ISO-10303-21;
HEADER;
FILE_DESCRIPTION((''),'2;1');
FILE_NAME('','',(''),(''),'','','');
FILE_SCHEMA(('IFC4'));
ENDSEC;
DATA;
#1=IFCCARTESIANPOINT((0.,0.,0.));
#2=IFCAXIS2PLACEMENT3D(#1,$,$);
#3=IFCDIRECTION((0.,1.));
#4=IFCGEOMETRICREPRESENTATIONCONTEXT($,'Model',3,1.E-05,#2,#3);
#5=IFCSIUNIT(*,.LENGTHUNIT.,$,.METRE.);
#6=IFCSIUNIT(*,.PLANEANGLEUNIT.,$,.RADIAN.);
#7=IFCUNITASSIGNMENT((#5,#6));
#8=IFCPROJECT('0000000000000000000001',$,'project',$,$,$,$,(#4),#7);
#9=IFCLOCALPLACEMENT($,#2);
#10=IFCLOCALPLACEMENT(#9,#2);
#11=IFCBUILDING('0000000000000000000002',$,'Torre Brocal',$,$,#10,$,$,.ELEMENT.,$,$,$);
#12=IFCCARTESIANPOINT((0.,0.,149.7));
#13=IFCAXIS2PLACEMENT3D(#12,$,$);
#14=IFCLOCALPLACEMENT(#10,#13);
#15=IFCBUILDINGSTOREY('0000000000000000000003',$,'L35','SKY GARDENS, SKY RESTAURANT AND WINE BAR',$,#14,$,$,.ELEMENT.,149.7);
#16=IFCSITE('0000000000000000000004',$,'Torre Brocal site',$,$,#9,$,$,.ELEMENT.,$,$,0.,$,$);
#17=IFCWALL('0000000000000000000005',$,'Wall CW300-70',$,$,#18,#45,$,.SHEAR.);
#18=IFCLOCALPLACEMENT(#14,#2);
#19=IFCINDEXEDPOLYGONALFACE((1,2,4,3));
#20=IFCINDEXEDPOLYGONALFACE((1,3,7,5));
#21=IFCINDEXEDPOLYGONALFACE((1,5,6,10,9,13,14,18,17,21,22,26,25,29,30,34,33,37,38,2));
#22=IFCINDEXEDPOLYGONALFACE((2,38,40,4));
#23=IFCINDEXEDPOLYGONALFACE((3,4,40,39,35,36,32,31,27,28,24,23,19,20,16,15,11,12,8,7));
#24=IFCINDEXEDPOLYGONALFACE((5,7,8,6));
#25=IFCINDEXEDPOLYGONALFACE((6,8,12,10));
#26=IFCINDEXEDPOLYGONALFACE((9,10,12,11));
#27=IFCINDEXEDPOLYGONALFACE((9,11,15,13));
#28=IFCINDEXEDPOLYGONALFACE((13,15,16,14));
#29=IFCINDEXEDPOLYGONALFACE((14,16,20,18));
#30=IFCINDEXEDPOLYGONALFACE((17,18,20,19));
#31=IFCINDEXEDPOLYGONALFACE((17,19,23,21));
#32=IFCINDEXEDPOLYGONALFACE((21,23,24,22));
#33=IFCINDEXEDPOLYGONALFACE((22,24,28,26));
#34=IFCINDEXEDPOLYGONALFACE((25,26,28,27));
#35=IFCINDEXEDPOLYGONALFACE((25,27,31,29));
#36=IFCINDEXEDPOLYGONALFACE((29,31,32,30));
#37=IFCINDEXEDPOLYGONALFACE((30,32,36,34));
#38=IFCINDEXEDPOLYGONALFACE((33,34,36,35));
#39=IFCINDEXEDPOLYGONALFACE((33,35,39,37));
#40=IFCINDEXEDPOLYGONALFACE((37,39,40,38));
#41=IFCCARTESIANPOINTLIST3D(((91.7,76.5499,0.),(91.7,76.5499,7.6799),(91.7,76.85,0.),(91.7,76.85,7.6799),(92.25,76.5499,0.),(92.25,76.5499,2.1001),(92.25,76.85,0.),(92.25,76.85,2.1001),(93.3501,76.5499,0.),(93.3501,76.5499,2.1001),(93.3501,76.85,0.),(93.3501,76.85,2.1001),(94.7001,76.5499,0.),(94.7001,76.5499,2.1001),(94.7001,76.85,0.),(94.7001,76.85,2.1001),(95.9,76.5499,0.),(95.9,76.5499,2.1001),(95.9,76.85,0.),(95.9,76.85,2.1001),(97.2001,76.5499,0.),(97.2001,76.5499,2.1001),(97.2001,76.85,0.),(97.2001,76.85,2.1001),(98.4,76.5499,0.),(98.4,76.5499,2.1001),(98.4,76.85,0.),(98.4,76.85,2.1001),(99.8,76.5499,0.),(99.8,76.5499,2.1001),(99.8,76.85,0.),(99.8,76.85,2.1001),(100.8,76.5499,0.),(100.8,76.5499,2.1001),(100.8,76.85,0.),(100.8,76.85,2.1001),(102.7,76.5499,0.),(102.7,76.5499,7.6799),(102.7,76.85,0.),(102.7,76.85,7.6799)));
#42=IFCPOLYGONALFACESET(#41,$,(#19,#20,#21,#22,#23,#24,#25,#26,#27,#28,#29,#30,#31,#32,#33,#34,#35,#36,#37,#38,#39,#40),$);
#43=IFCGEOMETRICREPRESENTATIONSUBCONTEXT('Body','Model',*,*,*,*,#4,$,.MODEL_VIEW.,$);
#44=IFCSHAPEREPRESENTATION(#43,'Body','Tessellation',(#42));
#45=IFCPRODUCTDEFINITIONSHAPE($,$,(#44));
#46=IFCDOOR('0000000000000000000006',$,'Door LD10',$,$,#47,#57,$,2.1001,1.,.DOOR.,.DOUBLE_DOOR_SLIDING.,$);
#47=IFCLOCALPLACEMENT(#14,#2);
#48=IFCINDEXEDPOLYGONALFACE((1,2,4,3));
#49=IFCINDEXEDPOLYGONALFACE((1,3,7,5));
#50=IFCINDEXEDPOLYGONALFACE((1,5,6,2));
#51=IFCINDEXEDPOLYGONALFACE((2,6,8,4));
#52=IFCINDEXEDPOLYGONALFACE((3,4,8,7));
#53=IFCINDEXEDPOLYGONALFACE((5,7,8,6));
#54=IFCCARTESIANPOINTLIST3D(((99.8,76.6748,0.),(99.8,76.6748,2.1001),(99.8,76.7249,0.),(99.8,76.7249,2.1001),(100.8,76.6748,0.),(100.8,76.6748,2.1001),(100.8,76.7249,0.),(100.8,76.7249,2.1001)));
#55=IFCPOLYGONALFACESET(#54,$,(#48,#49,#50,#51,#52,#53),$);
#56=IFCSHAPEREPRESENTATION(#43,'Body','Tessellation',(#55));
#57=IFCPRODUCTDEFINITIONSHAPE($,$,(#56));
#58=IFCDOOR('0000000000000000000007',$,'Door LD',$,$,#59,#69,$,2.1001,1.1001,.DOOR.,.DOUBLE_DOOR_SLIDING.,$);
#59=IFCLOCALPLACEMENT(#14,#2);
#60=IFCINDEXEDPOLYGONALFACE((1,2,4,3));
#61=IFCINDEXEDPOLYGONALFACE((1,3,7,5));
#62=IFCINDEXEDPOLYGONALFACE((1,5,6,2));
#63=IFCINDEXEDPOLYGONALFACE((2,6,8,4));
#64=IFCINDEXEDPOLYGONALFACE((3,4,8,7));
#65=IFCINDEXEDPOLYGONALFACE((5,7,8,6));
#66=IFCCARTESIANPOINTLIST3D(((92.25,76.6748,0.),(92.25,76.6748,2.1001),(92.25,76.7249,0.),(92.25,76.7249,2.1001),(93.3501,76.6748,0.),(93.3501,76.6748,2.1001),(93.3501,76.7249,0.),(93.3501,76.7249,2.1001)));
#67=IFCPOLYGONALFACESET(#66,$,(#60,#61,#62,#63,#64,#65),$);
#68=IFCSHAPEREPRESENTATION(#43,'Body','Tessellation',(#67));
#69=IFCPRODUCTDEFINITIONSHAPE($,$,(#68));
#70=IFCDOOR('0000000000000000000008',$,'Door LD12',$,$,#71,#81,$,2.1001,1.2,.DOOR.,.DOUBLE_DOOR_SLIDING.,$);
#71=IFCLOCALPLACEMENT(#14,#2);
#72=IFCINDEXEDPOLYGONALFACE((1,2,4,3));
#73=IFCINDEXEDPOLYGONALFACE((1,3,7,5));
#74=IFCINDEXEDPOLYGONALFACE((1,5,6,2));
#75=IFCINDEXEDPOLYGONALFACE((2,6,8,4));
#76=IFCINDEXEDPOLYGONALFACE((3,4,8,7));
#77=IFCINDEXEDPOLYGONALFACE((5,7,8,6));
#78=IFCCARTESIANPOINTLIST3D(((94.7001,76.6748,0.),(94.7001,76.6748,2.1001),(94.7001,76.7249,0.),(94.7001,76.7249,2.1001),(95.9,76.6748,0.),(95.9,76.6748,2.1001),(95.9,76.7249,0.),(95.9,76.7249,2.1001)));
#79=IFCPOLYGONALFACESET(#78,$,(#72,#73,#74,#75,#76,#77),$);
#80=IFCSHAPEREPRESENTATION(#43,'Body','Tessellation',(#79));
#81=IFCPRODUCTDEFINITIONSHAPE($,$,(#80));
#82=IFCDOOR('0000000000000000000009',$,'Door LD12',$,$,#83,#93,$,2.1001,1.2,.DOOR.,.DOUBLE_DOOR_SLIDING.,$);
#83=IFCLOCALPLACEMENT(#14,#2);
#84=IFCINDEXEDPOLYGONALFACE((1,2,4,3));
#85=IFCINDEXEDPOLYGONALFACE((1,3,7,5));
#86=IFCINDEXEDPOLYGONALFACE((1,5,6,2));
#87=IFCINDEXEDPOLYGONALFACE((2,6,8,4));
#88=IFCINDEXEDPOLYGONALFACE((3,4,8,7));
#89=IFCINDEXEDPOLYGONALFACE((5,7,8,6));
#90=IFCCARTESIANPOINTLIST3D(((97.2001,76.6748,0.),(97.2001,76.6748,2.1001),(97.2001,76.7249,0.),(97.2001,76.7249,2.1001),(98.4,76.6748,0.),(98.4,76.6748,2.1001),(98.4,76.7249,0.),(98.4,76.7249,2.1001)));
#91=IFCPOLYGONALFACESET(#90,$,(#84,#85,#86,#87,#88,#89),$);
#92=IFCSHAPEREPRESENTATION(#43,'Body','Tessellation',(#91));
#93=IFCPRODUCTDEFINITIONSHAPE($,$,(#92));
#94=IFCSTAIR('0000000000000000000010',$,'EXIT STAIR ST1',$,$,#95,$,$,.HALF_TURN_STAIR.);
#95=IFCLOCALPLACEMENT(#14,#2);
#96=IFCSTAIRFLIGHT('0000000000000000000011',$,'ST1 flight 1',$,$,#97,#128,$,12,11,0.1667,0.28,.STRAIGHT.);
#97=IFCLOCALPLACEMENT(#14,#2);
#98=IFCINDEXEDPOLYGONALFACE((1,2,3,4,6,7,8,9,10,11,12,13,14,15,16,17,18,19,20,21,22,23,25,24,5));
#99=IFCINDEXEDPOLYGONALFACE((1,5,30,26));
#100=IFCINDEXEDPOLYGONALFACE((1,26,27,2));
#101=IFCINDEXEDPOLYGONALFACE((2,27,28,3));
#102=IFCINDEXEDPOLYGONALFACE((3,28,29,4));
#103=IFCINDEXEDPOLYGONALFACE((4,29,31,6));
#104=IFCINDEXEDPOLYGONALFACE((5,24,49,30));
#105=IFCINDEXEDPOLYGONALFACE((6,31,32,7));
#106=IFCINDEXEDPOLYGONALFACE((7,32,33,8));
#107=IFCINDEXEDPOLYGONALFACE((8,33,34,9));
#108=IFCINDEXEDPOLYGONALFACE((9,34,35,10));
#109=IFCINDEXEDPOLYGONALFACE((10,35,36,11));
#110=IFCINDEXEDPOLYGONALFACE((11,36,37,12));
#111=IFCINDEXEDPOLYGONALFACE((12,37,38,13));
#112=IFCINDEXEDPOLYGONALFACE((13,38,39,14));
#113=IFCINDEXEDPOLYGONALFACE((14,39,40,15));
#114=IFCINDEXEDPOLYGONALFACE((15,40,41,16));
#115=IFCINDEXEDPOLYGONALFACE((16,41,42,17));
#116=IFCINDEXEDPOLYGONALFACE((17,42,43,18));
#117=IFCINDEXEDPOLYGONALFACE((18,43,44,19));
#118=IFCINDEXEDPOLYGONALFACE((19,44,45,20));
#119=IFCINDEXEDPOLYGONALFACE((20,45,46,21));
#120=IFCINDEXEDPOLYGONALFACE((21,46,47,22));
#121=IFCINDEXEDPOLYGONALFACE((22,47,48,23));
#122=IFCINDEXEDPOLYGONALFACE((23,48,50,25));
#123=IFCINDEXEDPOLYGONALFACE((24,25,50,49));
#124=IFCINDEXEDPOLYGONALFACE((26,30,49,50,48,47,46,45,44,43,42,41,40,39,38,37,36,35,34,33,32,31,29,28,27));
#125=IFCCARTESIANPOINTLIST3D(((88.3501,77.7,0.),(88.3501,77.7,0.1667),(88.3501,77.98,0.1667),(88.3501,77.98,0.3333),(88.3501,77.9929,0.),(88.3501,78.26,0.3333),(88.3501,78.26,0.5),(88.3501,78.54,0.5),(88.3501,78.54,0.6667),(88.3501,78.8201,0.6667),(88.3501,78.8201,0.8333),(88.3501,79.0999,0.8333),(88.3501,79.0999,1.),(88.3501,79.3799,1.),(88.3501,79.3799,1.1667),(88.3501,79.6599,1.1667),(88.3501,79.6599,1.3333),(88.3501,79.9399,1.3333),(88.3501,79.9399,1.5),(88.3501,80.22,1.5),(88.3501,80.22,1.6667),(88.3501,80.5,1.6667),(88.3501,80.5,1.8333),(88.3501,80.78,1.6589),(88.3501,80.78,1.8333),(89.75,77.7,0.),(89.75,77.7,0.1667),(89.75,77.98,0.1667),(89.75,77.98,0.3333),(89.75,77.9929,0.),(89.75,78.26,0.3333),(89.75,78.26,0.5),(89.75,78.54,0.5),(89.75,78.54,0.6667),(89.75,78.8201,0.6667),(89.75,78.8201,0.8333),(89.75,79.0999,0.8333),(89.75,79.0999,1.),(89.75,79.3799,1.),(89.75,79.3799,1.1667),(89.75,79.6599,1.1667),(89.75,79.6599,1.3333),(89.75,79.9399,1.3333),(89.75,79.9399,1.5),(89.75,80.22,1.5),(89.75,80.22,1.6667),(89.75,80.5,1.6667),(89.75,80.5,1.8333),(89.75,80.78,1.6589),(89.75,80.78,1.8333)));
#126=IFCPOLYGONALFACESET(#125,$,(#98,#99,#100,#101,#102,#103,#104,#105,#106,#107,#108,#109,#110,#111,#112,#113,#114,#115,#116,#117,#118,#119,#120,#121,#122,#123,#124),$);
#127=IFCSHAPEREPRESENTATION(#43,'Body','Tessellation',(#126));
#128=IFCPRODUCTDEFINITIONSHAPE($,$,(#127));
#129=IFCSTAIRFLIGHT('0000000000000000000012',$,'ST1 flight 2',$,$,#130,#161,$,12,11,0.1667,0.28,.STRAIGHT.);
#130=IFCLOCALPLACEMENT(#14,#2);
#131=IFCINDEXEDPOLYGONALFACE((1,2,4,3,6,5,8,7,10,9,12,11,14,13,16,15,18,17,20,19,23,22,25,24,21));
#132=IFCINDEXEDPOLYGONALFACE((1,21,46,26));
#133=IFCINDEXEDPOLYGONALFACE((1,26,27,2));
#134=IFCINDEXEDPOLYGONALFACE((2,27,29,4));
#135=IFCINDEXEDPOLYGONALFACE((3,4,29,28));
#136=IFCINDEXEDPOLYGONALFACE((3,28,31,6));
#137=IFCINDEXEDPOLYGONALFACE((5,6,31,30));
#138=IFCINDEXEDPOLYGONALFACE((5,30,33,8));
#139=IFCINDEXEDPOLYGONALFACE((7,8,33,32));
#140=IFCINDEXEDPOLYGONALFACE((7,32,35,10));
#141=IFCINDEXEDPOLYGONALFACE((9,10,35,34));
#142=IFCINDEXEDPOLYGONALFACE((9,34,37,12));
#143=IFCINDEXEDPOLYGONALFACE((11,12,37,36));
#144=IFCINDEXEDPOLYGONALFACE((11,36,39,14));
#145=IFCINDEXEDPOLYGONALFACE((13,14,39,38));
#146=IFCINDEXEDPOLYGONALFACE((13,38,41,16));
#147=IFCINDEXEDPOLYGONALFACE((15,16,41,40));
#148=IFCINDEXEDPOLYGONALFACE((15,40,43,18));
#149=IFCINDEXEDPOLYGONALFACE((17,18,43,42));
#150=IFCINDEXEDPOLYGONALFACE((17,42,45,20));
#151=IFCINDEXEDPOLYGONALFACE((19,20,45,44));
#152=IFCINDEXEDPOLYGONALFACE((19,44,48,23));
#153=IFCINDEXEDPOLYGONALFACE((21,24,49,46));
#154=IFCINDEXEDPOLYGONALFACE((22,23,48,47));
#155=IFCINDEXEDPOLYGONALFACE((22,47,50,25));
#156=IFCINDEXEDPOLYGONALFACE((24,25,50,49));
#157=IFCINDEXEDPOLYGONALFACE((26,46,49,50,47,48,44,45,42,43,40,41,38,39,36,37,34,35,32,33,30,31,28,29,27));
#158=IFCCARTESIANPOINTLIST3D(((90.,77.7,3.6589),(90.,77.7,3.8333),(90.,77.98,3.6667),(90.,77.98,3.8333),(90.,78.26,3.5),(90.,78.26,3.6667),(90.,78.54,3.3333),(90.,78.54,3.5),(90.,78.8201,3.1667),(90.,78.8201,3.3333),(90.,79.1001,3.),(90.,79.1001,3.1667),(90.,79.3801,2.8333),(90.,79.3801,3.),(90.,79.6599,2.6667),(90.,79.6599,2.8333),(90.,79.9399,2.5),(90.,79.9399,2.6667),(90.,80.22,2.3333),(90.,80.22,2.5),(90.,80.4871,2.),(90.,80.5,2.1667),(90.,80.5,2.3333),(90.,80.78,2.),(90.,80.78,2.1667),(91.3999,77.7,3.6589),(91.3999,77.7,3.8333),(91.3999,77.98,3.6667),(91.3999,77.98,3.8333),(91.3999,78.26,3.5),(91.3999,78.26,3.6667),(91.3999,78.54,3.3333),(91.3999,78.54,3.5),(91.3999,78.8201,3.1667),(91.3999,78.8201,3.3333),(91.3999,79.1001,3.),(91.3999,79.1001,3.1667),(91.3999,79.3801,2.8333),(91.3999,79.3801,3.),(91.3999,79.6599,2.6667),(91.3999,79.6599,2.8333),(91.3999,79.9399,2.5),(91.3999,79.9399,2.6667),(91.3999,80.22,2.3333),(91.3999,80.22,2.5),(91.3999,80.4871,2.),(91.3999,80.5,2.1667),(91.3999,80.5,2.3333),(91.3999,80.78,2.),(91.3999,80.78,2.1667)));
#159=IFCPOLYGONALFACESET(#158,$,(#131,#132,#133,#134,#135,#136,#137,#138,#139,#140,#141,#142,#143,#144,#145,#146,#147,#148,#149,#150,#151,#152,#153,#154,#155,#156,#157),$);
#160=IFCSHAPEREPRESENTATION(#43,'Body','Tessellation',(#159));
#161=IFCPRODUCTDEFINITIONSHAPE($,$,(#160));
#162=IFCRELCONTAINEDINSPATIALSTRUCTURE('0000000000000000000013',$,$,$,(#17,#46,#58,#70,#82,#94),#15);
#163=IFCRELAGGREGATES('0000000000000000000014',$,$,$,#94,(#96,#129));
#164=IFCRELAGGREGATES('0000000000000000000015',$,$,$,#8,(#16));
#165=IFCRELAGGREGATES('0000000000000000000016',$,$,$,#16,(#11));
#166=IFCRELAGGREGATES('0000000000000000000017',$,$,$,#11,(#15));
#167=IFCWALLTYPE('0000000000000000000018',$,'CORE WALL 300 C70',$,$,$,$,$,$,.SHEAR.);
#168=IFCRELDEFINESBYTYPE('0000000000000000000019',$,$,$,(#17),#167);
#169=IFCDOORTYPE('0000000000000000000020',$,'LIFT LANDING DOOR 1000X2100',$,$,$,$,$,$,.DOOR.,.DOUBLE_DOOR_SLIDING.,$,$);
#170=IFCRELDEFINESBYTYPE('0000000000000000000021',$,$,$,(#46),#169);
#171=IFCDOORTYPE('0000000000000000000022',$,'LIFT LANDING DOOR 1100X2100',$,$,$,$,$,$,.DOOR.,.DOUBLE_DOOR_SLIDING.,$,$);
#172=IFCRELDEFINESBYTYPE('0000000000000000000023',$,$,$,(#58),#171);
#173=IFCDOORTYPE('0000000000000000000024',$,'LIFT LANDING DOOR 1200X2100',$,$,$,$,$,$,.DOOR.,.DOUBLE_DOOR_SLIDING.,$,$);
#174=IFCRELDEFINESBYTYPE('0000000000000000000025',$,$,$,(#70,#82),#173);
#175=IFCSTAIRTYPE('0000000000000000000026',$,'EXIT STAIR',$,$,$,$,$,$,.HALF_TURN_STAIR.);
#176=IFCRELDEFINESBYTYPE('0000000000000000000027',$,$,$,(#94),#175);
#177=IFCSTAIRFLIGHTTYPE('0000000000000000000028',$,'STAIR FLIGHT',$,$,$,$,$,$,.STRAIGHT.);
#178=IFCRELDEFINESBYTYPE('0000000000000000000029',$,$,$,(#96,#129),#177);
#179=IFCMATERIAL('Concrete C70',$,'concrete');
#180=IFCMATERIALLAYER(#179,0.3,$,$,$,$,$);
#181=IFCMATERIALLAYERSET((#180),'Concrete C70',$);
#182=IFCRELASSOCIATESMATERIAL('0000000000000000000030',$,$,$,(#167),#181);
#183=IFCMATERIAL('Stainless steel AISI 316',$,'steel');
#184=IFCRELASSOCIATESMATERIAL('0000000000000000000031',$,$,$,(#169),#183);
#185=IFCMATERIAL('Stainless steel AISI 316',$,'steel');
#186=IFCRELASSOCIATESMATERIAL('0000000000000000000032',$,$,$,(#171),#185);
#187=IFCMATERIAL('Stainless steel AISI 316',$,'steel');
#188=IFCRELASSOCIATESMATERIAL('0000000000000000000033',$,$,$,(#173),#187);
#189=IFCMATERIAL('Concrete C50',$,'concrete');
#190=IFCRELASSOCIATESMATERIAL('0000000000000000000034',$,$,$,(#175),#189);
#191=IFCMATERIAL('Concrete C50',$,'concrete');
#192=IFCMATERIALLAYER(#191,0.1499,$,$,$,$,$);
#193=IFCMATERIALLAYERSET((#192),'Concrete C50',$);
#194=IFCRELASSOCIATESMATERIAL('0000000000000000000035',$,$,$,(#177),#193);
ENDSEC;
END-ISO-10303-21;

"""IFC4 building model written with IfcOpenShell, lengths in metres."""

from ifc_helpers import new_model, si_unit, direction, frame, frame_2d, origin, place, context, subcontext, project, spatial, polyline, rectangle, outline, extrude, material, layer, layer_set, type_object, element, fill, aggregate, save


model = new_model("IFC4")

# Units and contexts
model_context = context("Model", 3, precision=1e-05, world=origin(), true_north=direction((0.0, 1.0)))
body_context = subcontext(model_context, "Body", "Model", "MODEL_VIEW")
ifc_project = project(units=[si_unit("LENGTHUNIT", "METRE"), si_unit("PLANEANGLEUNIT", "RADIAN")], contexts=[model_context])

# Site, building, storey
site_placement = place(None, origin())
site = spatial("IfcSite", under=ifc_project, at=site_placement, Name="Torre Brocal site", CompositionType="ELEMENT", RefElevation=0.0)
building_placement = place(site_placement, origin())
building = spatial("IfcBuilding", under=site, at=building_placement, Name="Torre Brocal", CompositionType="ELEMENT")
storey_placement = place(building_placement, frame((0.0, 0.0, 149.7)))
storey = spatial("IfcBuildingStorey", under=building, at=storey_placement, Name="L35", Description="SKY GARDENS, SKY RESTAURANT AND WINE BAR", CompositionType="ELEMENT", Elevation=149.7)

# Shared definitions
ifc_material_1 = material(Name="Concrete C70", Category="concrete")
ifc_layer_1 = layer(ifc_material_1, 0.3)
ifc_layer_set_1 = layer_set([ifc_layer_1], Name="Concrete C70")
wall_type_1 = type_object("IfcWallType", Name="CORE WALL 300 C70", PredefinedType="SHEAR", material=ifc_layer_set_1)

# Wall, openings, doors
wall_1_placement = place(storey_placement, frame((91.7, 76.7, 0.0), z_axis=(0.0, 0.0, 1.0), x_axis=(1.0, 0.0, 0.0)))
wall_1 = element("IfcWall", 1, at=wall_1_placement, inside=storey, type_object=wall_type_1, Name="Wall CW300-70", PredefinedType="SHEAR", context=body_context, shape_type="SweptSolid", body=[
    extrude(rectangle(XDim=11.0, YDim=0.3, at=frame_2d((5.5, 0.0))), origin(), (0.0, 0.0, 1.0), 7.6799),
])
opening_1_placement = place(wall_1_placement, frame((0.55, 0.0, 0.0)))
opening_1 = element("IfcOpeningElement", 2, at=opening_1_placement, cuts=wall_1, PredefinedType="OPENING", context=body_context, shape_type="SweptSolid", body=[
    extrude(rectangle(XDim=1.1001, YDim=2.1001, at=frame_2d((0.55, 1.05))), frame((0.0, 0.1599, 0.0), z_axis=(0.0, -1.0, 0.0), x_axis=(1.0, 0.0, 0.0)), (0.0, 0.0, 1.0), 0.3201),
])
opening_2_placement = place(wall_1_placement, frame((3.0, 0.0, 0.0)))
opening_2 = element("IfcOpeningElement", 3, at=opening_2_placement, cuts=wall_1, PredefinedType="OPENING", context=body_context, shape_type="SweptSolid", body=[
    extrude(rectangle(XDim=1.2, YDim=2.1001, at=frame_2d((0.6001, 1.05))), frame((0.0, 0.1599, 0.0), z_axis=(0.0, -1.0, 0.0), x_axis=(1.0, 0.0, 0.0)), (0.0, 0.0, 1.0), 0.3201),
])
opening_3_placement = place(wall_1_placement, frame((5.5, 0.0, 0.0)))
opening_3 = element("IfcOpeningElement", 4, at=opening_3_placement, cuts=wall_1, PredefinedType="OPENING", context=body_context, shape_type="SweptSolid", body=[
    extrude(rectangle(XDim=1.2, YDim=2.1001, at=frame_2d((0.6001, 1.05))), frame((0.0, 0.1599, 0.0), z_axis=(0.0, -1.0, 0.0), x_axis=(1.0, 0.0, 0.0)), (0.0, 0.0, 1.0), 0.3201),
])
opening_4_placement = place(wall_1_placement, frame((8.1001, 0.0, 0.0)))
opening_4 = element("IfcOpeningElement", 5, at=opening_4_placement, cuts=wall_1, PredefinedType="OPENING", context=body_context, shape_type="SweptSolid", body=[
    extrude(rectangle(XDim=1.0, YDim=2.1001, at=frame_2d((0.5, 1.05))), frame((0.0, 0.1599, 0.0), z_axis=(0.0, -1.0, 0.0), x_axis=(1.0, 0.0, 0.0)), (0.0, 0.0, 1.0), 0.3201),
])
ifc_material_2 = material(Name="Stainless steel AISI 316", Category="steel")
door_type_1 = type_object("IfcDoorType", Name="LIFT LANDING DOOR 1000X2100", OperationType="DOUBLE_DOOR_SLIDING", PredefinedType="DOOR", material=ifc_material_2)
door_1_placement = place(opening_4_placement, origin())
door_1 = element("IfcDoor", 6, at=door_1_placement, inside=storey, type_object=door_type_1, Name="Door LD10", OperationType="DOUBLE_DOOR_SLIDING", OverallHeight=2.1001, OverallWidth=1.0, PredefinedType="DOOR", context=body_context, shape_type="SweptSolid", body=[
    extrude(rectangle(XDim=1.0, YDim=2.1001, at=frame_2d((0.5, 1.05))), frame((0.0, 0.0249, 0.0), z_axis=(0.0, -1.0, 0.0), x_axis=(1.0, 0.0, 0.0)), (0.0, 0.0, 1.0), 0.05),
])
fill(opening_4, door_1)
ifc_material_3 = material(Name="Stainless steel AISI 316", Category="steel")
door_type_2 = type_object("IfcDoorType", Name="LIFT LANDING DOOR 1100X2100", OperationType="DOUBLE_DOOR_SLIDING", PredefinedType="DOOR", material=ifc_material_3)
door_2_placement = place(opening_1_placement, origin())
door_2 = element("IfcDoor", 7, at=door_2_placement, inside=storey, type_object=door_type_2, Name="Door LD", OperationType="DOUBLE_DOOR_SLIDING", OverallHeight=2.1001, OverallWidth=1.1001, PredefinedType="DOOR", context=body_context, shape_type="SweptSolid", body=[
    extrude(rectangle(XDim=1.1001, YDim=2.1001, at=frame_2d((0.55, 1.05))), frame((0.0, 0.0249, 0.0), z_axis=(0.0, -1.0, 0.0), x_axis=(1.0, 0.0, 0.0)), (0.0, 0.0, 1.0), 0.05),
])
fill(opening_1, door_2)
ifc_material_4 = material(Name="Stainless steel AISI 316", Category="steel")
door_type_3 = type_object("IfcDoorType", Name="LIFT LANDING DOOR 1200X2100", OperationType="DOUBLE_DOOR_SLIDING", PredefinedType="DOOR", material=ifc_material_4)
door_3_placement = place(opening_2_placement, origin())
door_3 = element("IfcDoor", 8, at=door_3_placement, inside=storey, type_object=door_type_3, Name="Door LD12", OperationType="DOUBLE_DOOR_SLIDING", OverallHeight=2.1001, OverallWidth=1.2, PredefinedType="DOOR", context=body_context, shape_type="SweptSolid", body=[
    extrude(rectangle(XDim=1.2, YDim=2.1001, at=frame_2d((0.6001, 1.05))), frame((0.0, 0.0249, 0.0), z_axis=(0.0, -1.0, 0.0), x_axis=(1.0, 0.0, 0.0)), (0.0, 0.0, 1.0), 0.05),
])
fill(opening_2, door_3)
door_4_placement = place(opening_3_placement, origin())
door_4 = element("IfcDoor", 9, at=door_4_placement, inside=storey, type_object=door_type_3, Name="Door LD12", OperationType="DOUBLE_DOOR_SLIDING", OverallHeight=2.1001, OverallWidth=1.2, PredefinedType="DOOR", context=body_context, shape_type="SweptSolid", body=[
    extrude(rectangle(XDim=1.2, YDim=2.1001, at=frame_2d((0.6001, 1.05))), frame((0.0, 0.0249, 0.0), z_axis=(0.0, -1.0, 0.0), x_axis=(1.0, 0.0, 0.0)), (0.0, 0.0, 1.0), 0.05),
])
fill(opening_3, door_4)

# Stair, stair flights
ifc_material_5 = material(Name="Concrete C50", Category="concrete")
stair_type = type_object("IfcStairType", Name="EXIT STAIR", PredefinedType="HALF_TURN_STAIR", material=ifc_material_5)
stair_placement = place(storey_placement, origin())
stair = element("IfcStair", 10, at=stair_placement, inside=storey, type_object=stair_type, Name="EXIT STAIR ST1", PredefinedType="HALF_TURN_STAIR")
ifc_material_6 = material(Name="Concrete C50", Category="concrete")
ifc_layer_2 = layer(ifc_material_6, 0.1499)
ifc_layer_set_2 = layer_set([ifc_layer_2], Name="Concrete C50")
stair_flight_type = type_object("IfcStairFlightType", Name="STAIR FLIGHT", PredefinedType="STRAIGHT", material=ifc_layer_set_2)
stair_flight_1_placement = place(storey_placement, frame((89.05, 77.7, 0.0), z_axis=(0.0, 0.0, 1.0), x_axis=(0.0, 1.0, 0.0)))
stair_flight_1 = element("IfcStairFlight", 11, at=stair_flight_1_placement, type_object=stair_flight_type, Name="ST1 flight 1", NumberOfRisers=12, NumberOfTreads=11, PredefinedType="STRAIGHT", RiserHeight=0.1667, TreadLength=0.28, context=body_context, shape_type="SweptSolid", body=[
    extrude(outline(polyline([(0.0, 0.0), (0.0, 0.1667), (0.28, 0.1667), (0.28, 0.3333), (0.5601, 0.3333), (0.5601, 0.5), (0.8401, 0.5), (0.8401, 0.6667), (1.1201, 0.6667), (1.1201, 0.8333), (1.3999, 0.8333), (1.3999, 1.0), (1.6799, 1.0), (1.6799, 1.1667), (1.96, 1.1667), (1.96, 1.3333), (2.24, 1.3333), (2.24, 1.5), (2.52, 1.5), (2.52, 1.6667), (2.8, 1.6667), (2.8, 1.8333), (3.0801, 1.8333), (3.0801, 2.0), (3.0801, 1.6589), (0.293, 0.0), (0.0, 0.0)])), frame((0.0, 0.7, 0.0), z_axis=(0.0, -1.0, 0.0), x_axis=(1.0, 0.0, 0.0)), (0.0, 0.0, 1.0), 1.3999),
])
stair_flight_2_placement = place(storey_placement, frame((90.7, 80.78, 2.0), z_axis=(0.0, 0.0, 1.0), x_axis=(0.0, -1.0, 0.0)))
stair_flight_2 = element("IfcStairFlight", 12, at=stair_flight_2_placement, type_object=stair_flight_type, Name="ST1 flight 2", NumberOfRisers=12, NumberOfTreads=11, PredefinedType="STRAIGHT", RiserHeight=0.1667, TreadLength=0.28, context=body_context, shape_type="SweptSolid", body=[
    extrude(outline(polyline([(0.0, 0.0), (0.0, 0.1667), (0.28, 0.1667), (0.28, 0.3333), (0.5601, 0.3333), (0.5601, 0.5), (0.8401, 0.5), (0.8401, 0.6667), (1.1201, 0.6667), (1.1201, 0.8333), (1.3999, 0.8333), (1.3999, 1.0), (1.6799, 1.0), (1.6799, 1.1667), (1.96, 1.1667), (1.96, 1.3333), (2.24, 1.3333), (2.24, 1.5), (2.52, 1.5), (2.52, 1.6667), (2.8, 1.6667), (2.8, 1.8333), (3.0801, 1.8333), (3.0801, 2.0), (3.0801, 1.6589), (0.293, 0.0), (0.0, 0.0)])), frame((0.0, 0.7, 0.0), z_axis=(0.0, -1.0, 0.0), x_axis=(1.0, 0.0, 0.0)), (0.0, 0.0, 1.0), 1.3999),
])
aggregate(stair, [stair_flight_1, stair_flight_2])

save(model, "model.ifc")
